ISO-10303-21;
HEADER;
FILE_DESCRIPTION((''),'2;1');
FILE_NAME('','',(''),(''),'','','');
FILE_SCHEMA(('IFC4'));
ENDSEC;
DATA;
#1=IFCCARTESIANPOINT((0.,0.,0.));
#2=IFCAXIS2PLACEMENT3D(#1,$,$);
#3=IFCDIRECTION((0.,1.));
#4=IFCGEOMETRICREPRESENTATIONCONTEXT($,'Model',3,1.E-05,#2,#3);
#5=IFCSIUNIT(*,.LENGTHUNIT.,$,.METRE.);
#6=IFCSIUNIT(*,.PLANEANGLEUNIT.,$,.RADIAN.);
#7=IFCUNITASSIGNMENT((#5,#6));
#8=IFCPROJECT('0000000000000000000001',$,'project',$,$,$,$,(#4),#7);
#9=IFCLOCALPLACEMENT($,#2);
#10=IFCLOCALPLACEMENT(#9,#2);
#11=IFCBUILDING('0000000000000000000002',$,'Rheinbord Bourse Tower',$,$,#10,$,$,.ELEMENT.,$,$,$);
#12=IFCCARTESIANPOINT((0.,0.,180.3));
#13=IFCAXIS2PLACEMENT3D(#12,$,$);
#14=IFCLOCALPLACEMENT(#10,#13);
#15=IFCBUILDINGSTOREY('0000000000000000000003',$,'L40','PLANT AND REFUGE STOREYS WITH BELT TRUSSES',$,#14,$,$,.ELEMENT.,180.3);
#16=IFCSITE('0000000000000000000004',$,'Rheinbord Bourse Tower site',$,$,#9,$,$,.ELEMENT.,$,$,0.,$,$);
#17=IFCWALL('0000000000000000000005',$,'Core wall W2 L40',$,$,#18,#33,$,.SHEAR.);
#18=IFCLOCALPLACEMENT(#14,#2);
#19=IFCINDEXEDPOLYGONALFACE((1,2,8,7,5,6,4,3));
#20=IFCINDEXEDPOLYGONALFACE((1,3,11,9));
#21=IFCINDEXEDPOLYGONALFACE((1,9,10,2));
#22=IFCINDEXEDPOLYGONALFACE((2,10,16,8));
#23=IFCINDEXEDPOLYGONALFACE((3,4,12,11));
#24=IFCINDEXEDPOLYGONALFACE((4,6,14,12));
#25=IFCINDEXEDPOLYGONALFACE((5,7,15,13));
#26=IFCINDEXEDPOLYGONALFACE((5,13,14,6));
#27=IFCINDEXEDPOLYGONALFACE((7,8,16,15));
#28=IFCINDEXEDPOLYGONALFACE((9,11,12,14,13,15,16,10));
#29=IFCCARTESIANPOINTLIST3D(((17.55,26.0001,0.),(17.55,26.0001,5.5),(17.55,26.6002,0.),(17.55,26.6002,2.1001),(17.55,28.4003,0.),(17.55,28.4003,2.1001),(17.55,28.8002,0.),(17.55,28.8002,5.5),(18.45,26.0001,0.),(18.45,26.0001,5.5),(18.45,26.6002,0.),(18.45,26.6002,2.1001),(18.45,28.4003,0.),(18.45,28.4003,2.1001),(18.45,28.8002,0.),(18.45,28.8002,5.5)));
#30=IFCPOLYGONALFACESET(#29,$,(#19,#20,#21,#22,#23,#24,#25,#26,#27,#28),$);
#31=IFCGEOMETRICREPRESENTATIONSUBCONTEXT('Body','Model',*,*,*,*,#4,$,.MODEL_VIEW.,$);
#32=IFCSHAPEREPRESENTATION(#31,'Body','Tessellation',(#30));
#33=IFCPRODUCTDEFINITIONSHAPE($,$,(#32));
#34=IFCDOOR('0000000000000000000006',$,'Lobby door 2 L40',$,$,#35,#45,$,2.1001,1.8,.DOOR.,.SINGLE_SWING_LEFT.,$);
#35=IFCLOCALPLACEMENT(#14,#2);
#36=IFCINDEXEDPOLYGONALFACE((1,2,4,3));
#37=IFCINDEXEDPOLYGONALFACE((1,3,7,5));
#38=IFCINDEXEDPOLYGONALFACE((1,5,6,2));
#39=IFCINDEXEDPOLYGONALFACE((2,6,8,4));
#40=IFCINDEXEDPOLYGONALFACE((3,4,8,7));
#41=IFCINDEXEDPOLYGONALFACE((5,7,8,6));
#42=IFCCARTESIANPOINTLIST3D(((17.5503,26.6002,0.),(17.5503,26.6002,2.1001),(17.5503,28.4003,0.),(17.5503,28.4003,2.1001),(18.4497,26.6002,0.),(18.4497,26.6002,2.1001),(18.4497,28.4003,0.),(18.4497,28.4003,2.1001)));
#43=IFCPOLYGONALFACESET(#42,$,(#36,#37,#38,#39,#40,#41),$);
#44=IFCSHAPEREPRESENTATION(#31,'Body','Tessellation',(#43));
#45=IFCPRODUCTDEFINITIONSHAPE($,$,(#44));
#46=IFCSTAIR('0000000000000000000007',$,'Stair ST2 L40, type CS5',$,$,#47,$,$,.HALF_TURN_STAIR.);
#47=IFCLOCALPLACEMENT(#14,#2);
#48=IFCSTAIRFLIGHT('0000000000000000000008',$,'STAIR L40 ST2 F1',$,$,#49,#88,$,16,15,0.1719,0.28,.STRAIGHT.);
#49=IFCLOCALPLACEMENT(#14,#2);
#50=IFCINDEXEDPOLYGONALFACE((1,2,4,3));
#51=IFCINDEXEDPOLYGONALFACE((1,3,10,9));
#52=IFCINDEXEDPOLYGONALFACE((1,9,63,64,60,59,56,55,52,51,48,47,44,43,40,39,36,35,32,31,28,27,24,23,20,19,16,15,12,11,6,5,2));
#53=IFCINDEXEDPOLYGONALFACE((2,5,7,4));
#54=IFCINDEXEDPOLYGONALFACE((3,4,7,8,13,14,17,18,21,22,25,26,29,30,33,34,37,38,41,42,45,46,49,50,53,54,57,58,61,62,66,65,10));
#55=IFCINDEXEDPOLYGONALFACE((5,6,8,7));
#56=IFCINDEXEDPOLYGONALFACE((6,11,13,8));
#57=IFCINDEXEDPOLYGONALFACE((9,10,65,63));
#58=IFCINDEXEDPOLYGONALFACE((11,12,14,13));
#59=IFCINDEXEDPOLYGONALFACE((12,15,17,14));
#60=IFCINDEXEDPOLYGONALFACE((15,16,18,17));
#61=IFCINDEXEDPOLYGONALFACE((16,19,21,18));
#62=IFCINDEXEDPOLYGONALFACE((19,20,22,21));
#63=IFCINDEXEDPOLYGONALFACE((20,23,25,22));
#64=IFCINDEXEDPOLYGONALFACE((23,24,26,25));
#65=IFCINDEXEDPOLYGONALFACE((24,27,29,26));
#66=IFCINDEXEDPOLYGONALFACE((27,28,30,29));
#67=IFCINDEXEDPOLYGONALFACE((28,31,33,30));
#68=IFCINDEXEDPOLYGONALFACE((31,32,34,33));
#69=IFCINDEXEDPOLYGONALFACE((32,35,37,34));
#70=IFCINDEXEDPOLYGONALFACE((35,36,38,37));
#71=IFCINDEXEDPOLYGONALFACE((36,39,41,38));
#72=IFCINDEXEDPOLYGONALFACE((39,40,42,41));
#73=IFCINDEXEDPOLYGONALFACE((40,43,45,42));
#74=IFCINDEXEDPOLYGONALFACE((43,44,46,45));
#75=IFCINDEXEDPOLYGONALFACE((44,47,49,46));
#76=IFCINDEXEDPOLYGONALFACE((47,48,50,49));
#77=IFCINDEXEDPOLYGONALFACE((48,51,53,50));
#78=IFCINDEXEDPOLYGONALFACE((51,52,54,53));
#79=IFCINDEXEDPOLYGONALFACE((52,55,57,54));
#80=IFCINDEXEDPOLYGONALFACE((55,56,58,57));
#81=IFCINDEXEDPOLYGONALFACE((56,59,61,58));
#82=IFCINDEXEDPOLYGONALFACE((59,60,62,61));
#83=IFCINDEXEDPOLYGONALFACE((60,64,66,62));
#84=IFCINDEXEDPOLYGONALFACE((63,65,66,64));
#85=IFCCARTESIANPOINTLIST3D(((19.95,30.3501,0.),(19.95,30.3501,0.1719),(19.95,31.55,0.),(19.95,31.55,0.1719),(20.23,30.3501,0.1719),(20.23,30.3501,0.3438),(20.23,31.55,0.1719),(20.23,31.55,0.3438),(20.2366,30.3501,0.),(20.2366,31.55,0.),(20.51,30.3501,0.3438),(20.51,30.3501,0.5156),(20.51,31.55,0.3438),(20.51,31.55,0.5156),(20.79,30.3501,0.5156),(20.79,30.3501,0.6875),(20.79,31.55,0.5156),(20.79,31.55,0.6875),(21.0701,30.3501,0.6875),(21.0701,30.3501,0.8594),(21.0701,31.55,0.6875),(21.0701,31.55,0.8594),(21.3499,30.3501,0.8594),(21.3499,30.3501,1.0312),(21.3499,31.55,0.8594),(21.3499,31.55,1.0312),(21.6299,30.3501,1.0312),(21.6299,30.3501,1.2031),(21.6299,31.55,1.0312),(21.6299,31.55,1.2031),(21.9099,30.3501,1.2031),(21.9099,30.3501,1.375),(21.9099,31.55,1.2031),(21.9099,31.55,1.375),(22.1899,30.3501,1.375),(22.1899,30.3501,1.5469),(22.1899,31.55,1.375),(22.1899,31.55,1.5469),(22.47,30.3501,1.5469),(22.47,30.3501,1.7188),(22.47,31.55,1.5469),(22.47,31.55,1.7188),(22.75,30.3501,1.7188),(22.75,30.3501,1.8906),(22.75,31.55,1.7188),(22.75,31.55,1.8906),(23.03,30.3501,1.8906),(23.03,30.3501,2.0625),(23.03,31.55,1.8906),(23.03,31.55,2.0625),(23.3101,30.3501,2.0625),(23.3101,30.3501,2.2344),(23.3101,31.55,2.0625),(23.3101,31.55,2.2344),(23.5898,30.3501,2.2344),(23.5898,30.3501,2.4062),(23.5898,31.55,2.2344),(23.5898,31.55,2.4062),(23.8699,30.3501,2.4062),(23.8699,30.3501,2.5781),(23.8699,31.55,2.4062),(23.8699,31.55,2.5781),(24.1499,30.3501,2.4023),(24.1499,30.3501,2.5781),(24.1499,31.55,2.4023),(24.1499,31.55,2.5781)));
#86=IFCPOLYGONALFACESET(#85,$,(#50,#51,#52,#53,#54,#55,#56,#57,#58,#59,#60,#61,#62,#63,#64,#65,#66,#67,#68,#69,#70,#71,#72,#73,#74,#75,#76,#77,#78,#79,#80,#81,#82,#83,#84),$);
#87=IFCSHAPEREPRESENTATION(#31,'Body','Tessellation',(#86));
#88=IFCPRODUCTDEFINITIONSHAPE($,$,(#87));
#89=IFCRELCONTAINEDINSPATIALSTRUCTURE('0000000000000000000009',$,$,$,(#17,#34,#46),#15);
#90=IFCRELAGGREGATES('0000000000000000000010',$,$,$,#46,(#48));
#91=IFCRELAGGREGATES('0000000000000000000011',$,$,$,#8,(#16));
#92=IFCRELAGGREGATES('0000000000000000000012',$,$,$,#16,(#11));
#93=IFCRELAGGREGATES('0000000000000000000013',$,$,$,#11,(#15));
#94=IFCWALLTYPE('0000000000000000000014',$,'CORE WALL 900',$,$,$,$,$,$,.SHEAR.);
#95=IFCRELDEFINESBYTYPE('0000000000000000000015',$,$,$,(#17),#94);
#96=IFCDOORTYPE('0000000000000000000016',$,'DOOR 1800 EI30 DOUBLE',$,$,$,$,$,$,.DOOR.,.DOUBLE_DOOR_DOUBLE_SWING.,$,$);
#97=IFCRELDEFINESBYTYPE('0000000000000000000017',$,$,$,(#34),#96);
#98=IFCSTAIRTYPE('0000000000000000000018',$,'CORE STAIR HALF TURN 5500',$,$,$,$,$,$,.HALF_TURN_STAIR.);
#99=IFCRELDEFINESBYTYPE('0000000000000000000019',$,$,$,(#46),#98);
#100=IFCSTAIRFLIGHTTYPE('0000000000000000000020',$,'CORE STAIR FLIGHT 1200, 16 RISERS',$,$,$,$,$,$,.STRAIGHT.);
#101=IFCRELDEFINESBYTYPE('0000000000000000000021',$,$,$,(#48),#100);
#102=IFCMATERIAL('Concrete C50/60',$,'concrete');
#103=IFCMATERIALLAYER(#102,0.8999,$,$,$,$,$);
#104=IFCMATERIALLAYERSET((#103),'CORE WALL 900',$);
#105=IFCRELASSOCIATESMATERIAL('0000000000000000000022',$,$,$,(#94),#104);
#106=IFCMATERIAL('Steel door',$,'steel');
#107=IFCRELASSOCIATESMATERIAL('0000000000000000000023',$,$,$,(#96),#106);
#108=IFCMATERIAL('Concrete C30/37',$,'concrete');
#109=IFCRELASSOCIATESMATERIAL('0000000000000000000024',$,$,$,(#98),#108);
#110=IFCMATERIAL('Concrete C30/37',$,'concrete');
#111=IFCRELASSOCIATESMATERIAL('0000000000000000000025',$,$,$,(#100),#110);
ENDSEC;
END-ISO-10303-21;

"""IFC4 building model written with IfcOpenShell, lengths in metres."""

from ifc_helpers import new_model, si_unit, direction, frame, frame_2d, origin, place, context, subcontext, project, spatial, polyline, rectangle, outline, extrude, material, layer, layer_set, type_object, element, fill, aggregate, save


model = new_model("IFC4")

# Units and contexts
model_context = context("Model", 3, precision=1e-05, world=origin(), true_north=direction((0.0, 1.0)))
body_context = subcontext(model_context, "Body", "Model", "MODEL_VIEW")
ifc_project = project(units=[si_unit("LENGTHUNIT", "METRE"), si_unit("PLANEANGLEUNIT", "RADIAN")], contexts=[model_context])

# Site, building, storey
site_placement = place(None, origin())
site = spatial("IfcSite", under=ifc_project, at=site_placement, Name="Rheinbord Bourse Tower site", CompositionType="ELEMENT", RefElevation=0.0)
building_placement = place(site_placement, origin())
building = spatial("IfcBuilding", under=site, at=building_placement, Name="Rheinbord Bourse Tower", CompositionType="ELEMENT")
storey_placement = place(building_placement, frame((0.0, 0.0, 180.3)))
storey = spatial("IfcBuildingStorey", under=building, at=storey_placement, Name="L40", Description="PLANT AND REFUGE STOREYS WITH BELT TRUSSES", CompositionType="ELEMENT", Elevation=180.3)

# Shared definitions
ifc_material_1 = material(Name="Concrete C50/60", Category="concrete")
ifc_layer_1 = layer(ifc_material_1, 0.8999)
ifc_layer_set_1 = layer_set([ifc_layer_1], Name="CORE WALL 900")
wall_type_1 = type_object("IfcWallType", Name="CORE WALL 900", PredefinedType="SHEAR", material=ifc_layer_set_1)

# Wall, opening, door
wall_1_placement = place(storey_placement, frame((18.0, 28.8, 0.0), z_axis=(0.0, 0.0, 1.0), x_axis=(0.0, -1.0, 0.0)))
wall_1 = element("IfcWall", 1, at=wall_1_placement, inside=storey, type_object=wall_type_1, Name="Core wall W2 L40", PredefinedType="SHEAR", context=body_context, shape_type="SweptSolid", body=[
    extrude(rectangle(XDim=2.8, YDim=0.8999, at=frame_2d((1.3999, 0.0))), origin(), (0.0, 0.0, 1.0), 5.5),
])
opening_1_placement = place(wall_1_placement, frame((0.3999, 0.0, 0.0)))
opening_1 = element("IfcOpeningElement", 2, at=opening_1_placement, cuts=wall_1, PredefinedType="OPENING", context=body_context, shape_type="SweptSolid", body=[
    extrude(rectangle(XDim=1.8, YDim=2.1001, at=frame_2d((0.8999, 1.05))), frame((0.0, 0.46, 0.0), z_axis=(0.0, -1.0, 0.0), x_axis=(1.0, 0.0, 0.0)), (0.0, 0.0, 1.0), 0.9199),
])
ifc_material_2 = material(Name="Steel door", Category="steel")
door_type_1 = type_object("IfcDoorType", Name="DOOR 1800 EI30 DOUBLE", OperationType="DOUBLE_DOOR_DOUBLE_SWING", PredefinedType="DOOR", material=ifc_material_2)
door_1_placement = place(opening_1_placement, origin())
door_1 = element("IfcDoor", 3, at=door_1_placement, inside=storey, type_object=door_type_1, Name="Lobby door 2 L40", OperationType="SINGLE_SWING_LEFT", OverallHeight=2.1001, OverallWidth=1.8, PredefinedType="DOOR", context=body_context, shape_type="SweptSolid", body=[
    extrude(rectangle(XDim=1.8, YDim=2.1001, at=frame_2d((0.8999, 1.05))), frame((0.0, 0.4497, 0.0), z_axis=(0.0, -1.0, 0.0), x_axis=(1.0, 0.0, 0.0)), (0.0, 0.0, 1.0), 0.8994),
])
fill(opening_1, door_1)

# Stair, stair flight
ifc_material_3 = material(Name="Concrete C30/37", Category="concrete")
stair_type = type_object("IfcStairType", Name="CORE STAIR HALF TURN 5500", PredefinedType="HALF_TURN_STAIR", material=ifc_material_3)
stair_placement = place(storey_placement, origin())
stair = element("IfcStair", 4, at=stair_placement, inside=storey, type_object=stair_type, Name="Stair ST2 L40, type CS5", PredefinedType="HALF_TURN_STAIR")
ifc_material_4 = material(Name="Concrete C30/37", Category="concrete")
stair_flight_type = type_object("IfcStairFlightType", Name="CORE STAIR FLIGHT 1200, 16 RISERS", PredefinedType="STRAIGHT", material=ifc_material_4)
stair_flight_placement = place(storey_placement, frame((19.95, 30.95, 0.0), z_axis=(0.0, 0.0, 1.0), x_axis=(1.0, 0.0, 0.0)))
stair_flight = element("IfcStairFlight", 5, at=stair_flight_placement, type_object=stair_flight_type, Name="STAIR L40 ST2 F1", NumberOfRisers=16, NumberOfTreads=15, PredefinedType="STRAIGHT", RiserHeight=0.1719, TreadLength=0.28, context=body_context, shape_type="SweptSolid", body=[
    extrude(outline(polyline([(0.0, 0.0), (0.0, 0.1719), (0.28, 0.1719), (0.28, 0.3438), (0.5601, 0.3438), (0.5601, 0.5156), (0.8401, 0.5156), (0.8401, 0.6875), (1.1201, 0.6875), (1.1201, 0.8594), (1.3999, 0.8594), (1.3999, 1.0312), (1.6799, 1.0312), (1.6799, 1.2031), (1.96, 1.2031), (1.96, 1.375), (2.24, 1.375), (2.24, 1.5469), (2.52, 1.5469), (2.52, 1.7188), (2.8, 1.7188), (2.8, 1.8906), (3.0801, 1.8906), (3.0801, 2.0625), (3.3601, 2.0625), (3.3601, 2.2344), (3.6399, 2.2344), (3.6399, 2.4062), (3.9199, 2.4062), (3.9199, 2.5781), (4.2, 2.5781), (4.2, 2.75), (4.2, 2.4023), (0.2866, 0.0), (0.0, 0.0)])), frame((0.0, 0.6001, 0.0), z_axis=(0.0, -1.0, 0.0), x_axis=(1.0, 0.0, 0.0)), (0.0, 0.0, 1.0), 1.2),
])
aggregate(stair, [stair_flight])

save(model, "model.ifc")
